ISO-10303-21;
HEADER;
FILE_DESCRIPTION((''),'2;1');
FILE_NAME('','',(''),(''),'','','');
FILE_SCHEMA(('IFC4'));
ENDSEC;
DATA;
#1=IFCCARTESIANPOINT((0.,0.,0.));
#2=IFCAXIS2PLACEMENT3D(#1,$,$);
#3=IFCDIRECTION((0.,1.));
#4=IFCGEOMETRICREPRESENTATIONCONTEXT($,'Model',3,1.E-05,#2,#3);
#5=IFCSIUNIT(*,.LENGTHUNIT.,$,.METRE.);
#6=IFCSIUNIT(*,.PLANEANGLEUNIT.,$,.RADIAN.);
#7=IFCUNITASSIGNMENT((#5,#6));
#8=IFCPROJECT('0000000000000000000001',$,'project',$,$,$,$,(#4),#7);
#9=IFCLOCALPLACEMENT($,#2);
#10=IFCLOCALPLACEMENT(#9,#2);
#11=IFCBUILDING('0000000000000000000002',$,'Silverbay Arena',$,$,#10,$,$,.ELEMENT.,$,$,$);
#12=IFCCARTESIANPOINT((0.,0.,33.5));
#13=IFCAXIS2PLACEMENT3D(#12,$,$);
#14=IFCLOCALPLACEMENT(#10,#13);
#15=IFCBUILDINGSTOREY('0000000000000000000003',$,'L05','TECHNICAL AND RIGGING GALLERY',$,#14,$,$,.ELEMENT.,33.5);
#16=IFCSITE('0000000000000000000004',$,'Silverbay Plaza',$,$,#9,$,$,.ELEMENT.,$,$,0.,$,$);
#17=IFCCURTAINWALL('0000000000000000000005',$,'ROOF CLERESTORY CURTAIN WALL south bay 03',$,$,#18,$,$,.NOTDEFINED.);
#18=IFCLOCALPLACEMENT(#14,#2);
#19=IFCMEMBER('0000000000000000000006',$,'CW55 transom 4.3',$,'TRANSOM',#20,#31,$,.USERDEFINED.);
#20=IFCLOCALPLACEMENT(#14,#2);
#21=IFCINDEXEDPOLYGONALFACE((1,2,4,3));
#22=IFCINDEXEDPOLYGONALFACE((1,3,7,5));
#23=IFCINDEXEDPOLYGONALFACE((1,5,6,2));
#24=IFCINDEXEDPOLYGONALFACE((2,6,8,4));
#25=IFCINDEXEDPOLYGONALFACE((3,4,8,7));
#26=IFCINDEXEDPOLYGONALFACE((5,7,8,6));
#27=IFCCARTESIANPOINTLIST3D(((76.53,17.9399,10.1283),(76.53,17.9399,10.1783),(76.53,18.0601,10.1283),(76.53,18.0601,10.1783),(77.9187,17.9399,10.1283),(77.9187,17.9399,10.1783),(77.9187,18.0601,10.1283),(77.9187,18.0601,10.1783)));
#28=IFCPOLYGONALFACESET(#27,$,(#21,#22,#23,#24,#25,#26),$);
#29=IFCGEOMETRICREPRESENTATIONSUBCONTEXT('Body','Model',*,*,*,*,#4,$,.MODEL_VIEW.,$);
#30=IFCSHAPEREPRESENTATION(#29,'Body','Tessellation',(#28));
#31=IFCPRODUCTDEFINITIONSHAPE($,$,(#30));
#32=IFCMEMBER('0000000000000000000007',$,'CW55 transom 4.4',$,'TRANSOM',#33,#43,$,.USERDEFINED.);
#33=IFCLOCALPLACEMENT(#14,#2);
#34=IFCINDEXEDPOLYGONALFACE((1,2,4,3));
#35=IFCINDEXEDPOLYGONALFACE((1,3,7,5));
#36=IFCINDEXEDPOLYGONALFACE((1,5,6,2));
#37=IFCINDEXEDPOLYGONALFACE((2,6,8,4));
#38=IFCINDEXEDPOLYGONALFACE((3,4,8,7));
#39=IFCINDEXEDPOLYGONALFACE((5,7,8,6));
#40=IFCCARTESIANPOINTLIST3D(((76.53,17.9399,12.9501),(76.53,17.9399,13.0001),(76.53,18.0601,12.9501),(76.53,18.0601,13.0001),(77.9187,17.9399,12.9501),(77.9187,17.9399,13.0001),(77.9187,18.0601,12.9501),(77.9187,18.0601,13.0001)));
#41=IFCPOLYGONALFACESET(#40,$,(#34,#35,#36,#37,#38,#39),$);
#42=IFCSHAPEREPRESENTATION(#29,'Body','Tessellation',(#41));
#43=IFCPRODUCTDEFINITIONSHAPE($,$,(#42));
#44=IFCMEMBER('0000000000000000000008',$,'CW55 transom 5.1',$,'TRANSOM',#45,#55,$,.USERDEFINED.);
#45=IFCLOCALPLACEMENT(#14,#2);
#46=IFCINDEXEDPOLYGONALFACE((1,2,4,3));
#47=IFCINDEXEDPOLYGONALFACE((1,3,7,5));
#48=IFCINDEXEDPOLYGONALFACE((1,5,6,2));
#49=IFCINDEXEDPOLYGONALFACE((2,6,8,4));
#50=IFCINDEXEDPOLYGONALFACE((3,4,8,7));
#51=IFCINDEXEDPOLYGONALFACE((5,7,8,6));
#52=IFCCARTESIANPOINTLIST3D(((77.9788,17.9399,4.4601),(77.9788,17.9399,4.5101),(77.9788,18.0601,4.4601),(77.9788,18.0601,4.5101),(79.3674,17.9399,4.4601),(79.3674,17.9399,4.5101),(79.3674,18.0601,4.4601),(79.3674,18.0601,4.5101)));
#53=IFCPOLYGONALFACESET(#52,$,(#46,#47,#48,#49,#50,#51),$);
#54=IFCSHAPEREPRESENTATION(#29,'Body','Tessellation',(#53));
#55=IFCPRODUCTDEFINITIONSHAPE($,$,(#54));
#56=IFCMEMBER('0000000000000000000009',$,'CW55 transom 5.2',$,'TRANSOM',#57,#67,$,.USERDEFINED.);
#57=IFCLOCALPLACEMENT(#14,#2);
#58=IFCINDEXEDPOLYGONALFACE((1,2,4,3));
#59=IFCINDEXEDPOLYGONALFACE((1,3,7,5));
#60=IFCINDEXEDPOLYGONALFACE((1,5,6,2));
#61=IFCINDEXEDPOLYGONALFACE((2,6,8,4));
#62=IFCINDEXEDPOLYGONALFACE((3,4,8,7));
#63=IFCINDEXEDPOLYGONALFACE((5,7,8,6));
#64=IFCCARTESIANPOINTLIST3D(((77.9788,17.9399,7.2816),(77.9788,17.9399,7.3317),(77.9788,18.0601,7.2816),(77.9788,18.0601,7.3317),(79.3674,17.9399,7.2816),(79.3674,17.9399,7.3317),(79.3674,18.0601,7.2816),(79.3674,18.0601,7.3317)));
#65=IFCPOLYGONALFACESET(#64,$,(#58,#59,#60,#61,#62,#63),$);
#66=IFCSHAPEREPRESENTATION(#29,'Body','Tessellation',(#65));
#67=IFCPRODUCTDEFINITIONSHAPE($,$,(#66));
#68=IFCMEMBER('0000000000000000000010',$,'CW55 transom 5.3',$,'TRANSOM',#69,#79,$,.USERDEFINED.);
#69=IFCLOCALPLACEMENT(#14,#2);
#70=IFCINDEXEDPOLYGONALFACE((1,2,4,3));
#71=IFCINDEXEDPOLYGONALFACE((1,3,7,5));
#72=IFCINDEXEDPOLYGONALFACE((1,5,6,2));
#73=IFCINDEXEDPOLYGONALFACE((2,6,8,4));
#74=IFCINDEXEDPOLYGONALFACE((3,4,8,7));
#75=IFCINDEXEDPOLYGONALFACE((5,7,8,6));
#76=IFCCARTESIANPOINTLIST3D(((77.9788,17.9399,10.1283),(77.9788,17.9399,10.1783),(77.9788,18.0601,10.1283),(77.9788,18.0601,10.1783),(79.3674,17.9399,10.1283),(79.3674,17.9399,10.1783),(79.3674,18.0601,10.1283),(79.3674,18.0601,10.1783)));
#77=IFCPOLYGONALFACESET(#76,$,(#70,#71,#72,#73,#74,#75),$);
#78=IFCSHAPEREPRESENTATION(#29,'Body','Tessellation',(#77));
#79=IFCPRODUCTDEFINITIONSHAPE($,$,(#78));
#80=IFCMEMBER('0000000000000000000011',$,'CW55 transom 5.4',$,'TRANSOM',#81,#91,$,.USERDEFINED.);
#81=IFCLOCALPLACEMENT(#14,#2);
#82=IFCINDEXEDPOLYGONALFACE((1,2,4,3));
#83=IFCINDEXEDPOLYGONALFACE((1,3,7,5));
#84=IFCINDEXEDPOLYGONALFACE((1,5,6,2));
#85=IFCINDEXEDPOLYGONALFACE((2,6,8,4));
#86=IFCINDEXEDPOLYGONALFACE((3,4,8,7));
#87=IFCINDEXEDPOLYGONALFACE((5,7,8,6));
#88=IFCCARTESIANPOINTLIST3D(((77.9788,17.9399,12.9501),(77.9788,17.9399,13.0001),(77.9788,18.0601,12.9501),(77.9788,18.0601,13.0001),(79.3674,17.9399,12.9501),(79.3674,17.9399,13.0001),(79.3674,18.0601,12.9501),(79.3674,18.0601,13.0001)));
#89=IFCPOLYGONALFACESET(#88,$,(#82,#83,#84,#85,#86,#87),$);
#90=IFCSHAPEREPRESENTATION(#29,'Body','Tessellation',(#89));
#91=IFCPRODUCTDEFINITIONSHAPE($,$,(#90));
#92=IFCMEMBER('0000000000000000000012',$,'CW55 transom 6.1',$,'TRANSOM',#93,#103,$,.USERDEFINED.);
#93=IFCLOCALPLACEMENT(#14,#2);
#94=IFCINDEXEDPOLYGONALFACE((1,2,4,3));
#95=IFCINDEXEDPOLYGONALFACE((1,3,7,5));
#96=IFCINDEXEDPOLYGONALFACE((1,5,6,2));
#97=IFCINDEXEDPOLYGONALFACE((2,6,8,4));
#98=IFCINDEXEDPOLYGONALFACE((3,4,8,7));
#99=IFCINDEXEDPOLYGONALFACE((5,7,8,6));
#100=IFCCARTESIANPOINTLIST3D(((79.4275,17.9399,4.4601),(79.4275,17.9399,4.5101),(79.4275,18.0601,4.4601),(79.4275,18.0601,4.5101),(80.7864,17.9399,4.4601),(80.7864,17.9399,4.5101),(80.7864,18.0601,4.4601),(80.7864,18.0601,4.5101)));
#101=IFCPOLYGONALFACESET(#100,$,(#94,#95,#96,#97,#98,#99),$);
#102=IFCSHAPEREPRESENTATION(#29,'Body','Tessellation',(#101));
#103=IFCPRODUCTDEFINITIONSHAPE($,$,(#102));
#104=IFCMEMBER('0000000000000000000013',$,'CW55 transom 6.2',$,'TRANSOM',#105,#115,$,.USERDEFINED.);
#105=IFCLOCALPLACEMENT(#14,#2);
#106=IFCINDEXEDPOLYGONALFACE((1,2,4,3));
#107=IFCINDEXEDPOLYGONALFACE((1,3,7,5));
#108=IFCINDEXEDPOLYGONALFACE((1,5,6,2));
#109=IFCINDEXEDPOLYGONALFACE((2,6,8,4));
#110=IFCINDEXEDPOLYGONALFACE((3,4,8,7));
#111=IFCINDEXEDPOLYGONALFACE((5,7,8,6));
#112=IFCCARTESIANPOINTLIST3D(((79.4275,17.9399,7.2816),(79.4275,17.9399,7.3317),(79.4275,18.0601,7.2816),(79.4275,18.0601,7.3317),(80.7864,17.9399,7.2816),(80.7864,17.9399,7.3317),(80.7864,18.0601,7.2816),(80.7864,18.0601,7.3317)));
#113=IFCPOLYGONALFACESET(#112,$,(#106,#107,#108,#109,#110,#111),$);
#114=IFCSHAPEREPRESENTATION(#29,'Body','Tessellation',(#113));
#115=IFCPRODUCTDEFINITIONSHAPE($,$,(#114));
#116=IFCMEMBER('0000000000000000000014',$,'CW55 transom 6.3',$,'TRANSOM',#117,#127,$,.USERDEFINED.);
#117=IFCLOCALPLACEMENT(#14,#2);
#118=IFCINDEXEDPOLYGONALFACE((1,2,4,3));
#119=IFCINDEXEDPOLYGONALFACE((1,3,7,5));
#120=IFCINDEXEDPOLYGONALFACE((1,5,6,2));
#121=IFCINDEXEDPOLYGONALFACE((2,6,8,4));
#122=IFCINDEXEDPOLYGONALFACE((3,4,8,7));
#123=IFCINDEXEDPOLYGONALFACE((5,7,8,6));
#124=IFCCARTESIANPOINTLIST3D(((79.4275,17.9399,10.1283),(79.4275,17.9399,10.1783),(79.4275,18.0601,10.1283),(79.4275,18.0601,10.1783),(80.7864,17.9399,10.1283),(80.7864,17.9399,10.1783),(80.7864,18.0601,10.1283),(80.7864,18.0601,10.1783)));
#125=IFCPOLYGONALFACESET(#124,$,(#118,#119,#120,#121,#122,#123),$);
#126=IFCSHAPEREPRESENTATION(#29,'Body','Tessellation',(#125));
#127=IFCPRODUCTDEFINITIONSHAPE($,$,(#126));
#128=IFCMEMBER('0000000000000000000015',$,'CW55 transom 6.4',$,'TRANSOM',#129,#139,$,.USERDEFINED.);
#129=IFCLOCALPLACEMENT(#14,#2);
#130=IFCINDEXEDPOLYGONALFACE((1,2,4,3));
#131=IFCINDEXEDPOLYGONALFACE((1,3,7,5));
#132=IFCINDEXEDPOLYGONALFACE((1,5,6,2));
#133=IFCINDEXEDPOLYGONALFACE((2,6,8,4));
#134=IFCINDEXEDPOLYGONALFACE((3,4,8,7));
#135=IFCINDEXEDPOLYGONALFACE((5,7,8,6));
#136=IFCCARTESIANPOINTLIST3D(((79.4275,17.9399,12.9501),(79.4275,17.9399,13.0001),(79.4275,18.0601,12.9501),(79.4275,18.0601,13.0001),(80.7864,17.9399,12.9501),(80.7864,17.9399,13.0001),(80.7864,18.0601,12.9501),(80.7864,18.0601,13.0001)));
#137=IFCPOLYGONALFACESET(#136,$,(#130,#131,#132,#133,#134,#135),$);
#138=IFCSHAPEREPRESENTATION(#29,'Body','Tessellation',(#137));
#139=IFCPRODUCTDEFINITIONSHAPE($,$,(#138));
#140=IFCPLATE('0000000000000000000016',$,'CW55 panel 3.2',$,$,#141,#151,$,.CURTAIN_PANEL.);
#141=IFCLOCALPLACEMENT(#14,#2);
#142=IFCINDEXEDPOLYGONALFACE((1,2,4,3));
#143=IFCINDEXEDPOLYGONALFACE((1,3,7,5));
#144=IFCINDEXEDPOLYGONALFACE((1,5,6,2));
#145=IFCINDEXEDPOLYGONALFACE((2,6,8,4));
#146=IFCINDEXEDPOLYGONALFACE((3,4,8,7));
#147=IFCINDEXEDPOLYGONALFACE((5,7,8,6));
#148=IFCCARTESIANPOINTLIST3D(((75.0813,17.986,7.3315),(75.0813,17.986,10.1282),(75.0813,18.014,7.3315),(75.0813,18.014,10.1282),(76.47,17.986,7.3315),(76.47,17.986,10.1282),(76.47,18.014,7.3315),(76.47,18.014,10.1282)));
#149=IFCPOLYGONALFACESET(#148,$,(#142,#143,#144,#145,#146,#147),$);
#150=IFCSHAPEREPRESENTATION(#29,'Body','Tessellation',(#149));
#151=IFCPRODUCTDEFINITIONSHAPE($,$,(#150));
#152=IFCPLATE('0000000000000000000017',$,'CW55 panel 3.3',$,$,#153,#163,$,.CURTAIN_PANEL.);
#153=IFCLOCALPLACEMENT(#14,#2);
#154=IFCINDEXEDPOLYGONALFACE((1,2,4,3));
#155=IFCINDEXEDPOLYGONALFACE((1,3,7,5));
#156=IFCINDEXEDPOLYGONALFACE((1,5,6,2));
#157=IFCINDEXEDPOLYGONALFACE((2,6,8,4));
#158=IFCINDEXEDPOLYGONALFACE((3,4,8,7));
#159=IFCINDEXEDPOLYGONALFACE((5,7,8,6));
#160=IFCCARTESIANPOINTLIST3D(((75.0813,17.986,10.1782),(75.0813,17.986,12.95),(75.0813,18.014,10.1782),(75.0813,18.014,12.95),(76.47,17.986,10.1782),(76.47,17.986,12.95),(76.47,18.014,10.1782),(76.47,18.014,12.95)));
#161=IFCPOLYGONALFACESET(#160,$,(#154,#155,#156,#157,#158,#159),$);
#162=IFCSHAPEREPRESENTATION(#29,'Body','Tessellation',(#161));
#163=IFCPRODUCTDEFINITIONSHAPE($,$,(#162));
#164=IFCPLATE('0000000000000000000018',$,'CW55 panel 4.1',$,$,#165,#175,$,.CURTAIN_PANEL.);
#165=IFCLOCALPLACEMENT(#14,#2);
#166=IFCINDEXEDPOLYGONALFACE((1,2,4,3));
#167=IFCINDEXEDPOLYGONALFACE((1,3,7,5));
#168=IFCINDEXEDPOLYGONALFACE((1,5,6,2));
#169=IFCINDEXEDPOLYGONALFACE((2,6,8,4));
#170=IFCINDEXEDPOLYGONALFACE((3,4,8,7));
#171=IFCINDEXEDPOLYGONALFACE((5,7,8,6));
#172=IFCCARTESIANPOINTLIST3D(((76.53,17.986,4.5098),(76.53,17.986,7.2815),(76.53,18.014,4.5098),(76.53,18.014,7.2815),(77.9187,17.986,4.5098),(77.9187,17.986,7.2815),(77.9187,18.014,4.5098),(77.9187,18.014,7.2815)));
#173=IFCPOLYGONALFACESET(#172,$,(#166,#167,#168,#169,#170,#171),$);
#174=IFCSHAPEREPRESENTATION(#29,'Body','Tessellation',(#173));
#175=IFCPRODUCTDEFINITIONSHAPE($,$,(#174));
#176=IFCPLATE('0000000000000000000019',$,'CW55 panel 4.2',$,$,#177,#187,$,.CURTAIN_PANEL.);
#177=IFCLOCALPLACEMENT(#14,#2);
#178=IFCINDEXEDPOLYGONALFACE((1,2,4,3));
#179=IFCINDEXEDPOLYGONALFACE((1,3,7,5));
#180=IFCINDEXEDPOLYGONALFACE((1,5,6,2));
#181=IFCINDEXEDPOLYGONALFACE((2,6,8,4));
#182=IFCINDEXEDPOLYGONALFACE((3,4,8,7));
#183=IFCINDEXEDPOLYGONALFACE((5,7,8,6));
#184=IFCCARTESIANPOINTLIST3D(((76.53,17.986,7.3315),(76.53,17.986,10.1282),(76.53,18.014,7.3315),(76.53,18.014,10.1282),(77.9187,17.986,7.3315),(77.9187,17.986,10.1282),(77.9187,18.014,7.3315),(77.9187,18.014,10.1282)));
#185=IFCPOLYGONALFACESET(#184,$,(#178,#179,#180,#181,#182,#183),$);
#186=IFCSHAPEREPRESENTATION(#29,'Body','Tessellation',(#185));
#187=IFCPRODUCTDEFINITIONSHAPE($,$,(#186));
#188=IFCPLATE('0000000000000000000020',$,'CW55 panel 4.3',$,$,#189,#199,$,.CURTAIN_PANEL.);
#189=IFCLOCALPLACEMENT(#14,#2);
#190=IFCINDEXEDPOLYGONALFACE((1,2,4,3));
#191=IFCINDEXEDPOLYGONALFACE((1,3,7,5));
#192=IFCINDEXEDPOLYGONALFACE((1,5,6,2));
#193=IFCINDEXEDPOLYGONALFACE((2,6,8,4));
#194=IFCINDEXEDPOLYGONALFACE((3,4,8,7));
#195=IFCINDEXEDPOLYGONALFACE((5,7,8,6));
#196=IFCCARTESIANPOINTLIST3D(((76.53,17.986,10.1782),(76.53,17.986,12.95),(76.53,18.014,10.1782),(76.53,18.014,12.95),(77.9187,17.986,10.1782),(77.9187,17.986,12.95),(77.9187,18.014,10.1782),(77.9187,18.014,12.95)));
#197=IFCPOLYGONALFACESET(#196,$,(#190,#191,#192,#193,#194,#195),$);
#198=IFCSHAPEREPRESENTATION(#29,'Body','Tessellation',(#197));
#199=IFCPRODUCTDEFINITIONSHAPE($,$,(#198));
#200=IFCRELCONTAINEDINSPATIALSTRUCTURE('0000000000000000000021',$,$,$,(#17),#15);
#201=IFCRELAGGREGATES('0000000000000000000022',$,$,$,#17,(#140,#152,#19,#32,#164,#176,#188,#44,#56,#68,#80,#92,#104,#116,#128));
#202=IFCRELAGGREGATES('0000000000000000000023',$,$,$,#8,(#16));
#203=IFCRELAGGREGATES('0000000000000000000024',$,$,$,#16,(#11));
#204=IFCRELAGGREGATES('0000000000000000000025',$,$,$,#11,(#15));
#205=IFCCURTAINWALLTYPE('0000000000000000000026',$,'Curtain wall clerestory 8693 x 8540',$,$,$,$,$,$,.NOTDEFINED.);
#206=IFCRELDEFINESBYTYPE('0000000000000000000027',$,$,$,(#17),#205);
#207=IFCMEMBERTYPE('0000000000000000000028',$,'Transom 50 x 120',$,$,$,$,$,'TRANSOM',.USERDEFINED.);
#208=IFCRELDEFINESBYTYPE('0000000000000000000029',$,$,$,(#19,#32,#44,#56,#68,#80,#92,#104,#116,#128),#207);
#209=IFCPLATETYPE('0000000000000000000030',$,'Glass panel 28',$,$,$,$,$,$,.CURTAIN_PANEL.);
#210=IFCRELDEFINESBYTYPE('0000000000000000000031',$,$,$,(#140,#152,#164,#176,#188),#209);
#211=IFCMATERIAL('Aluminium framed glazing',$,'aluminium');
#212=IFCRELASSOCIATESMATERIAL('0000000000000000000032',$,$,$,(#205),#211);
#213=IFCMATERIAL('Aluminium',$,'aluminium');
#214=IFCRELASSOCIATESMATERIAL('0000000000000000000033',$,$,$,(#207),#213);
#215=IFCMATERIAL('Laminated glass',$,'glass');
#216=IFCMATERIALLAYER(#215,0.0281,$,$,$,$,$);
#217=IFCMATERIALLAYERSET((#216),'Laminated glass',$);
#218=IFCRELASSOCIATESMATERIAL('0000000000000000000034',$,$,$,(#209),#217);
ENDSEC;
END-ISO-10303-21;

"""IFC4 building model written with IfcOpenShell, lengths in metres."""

from ifc_helpers import new_model, si_unit, direction, frame, origin, origin_2d, place, context, subcontext, project, spatial, rectangle, extrude, material, layer, layer_set, material_profile, profile_set, type_object, element, aggregate, save


model = new_model("IFC4")

# Units and contexts
model_context = context("Model", 3, precision=1e-05, world=origin(), true_north=direction((0.0, 1.0)))
body_context = subcontext(model_context, "Body", "Model", "MODEL_VIEW")
ifc_project = project(units=[si_unit("LENGTHUNIT", "METRE"), si_unit("PLANEANGLEUNIT", "RADIAN")], contexts=[model_context])

# Site, building, storey
site_placement = place(None, origin())
site = spatial("IfcSite", under=ifc_project, at=site_placement, Name="Silverbay Plaza", CompositionType="ELEMENT", RefElevation=0.0)
building_placement = place(site_placement, origin())
building = spatial("IfcBuilding", under=site, at=building_placement, Name="Silverbay Arena", CompositionType="ELEMENT")
storey_placement = place(building_placement, frame((0.0, 0.0, 33.5)))
storey = spatial("IfcBuildingStorey", under=building, at=storey_placement, Name="L05", Description="TECHNICAL AND RIGGING GALLERY", CompositionType="ELEMENT", Elevation=33.5)

# Curtain wall
ifc_material_1 = material(Name="Aluminium framed glazing", Category="aluminium")
curtain_wall_type = type_object("IfcCurtainWallType", Name="Curtain wall clerestory 8693 x 8540", PredefinedType="NOTDEFINED", material=ifc_material_1)
curtain_wall_placement = place(storey_placement, origin())
curtain_wall = element("IfcCurtainWall", 1, at=curtain_wall_placement, inside=storey, type_object=curtain_wall_type, Name="ROOF CLERESTORY CURTAIN WALL south bay 03", PredefinedType="NOTDEFINED")

# Members
ifc_material_2 = material(Name="Aluminium", Category="aluminium")
ifc_material_profile_1 = material_profile(ifc_material_2, rectangle(XDim=0.1201, YDim=0.05, at=origin_2d()), Name="Transom 50 x 120")
ifc_profile_set_1 = profile_set([ifc_material_profile_1], Name="Aluminium")
member_type_1 = type_object("IfcMemberType", Name="Transom 50 x 120", ElementType="TRANSOM", PredefinedType="USERDEFINED", material=ifc_profile_set_1)
member_1_placement = place(storey_placement, frame((76.53, 18.0, 10.1533), z_axis=(1.0, 0.0, 0.0), x_axis=(0.0, 1.0, 0.0)))
member_1 = element("IfcMember", 2, at=member_1_placement, type_object=member_type_1, Name="CW55 transom 4.3", ObjectType="TRANSOM", PredefinedType="USERDEFINED", context=body_context, shape_type="SweptSolid", body=[
    extrude(rectangle(XDim=0.1201, YDim=0.05, at=origin_2d()), origin(), (0.0, 0.0, 1.0), 1.3887),
])
member_2_placement = place(storey_placement, frame((76.53, 18.0, 12.9751), z_axis=(1.0, 0.0, 0.0), x_axis=(0.0, 1.0, 0.0)))
member_2 = element("IfcMember", 3, at=member_2_placement, type_object=member_type_1, Name="CW55 transom 4.4", ObjectType="TRANSOM", PredefinedType="USERDEFINED", context=body_context, shape_type="SweptSolid", body=[
    extrude(rectangle(XDim=0.1201, YDim=0.05, at=origin_2d()), origin(), (0.0, 0.0, 1.0), 1.3887),
])
member_3_placement = place(storey_placement, frame((77.9788, 18.0, 4.4851), z_axis=(1.0, 0.0, 0.0), x_axis=(0.0, 1.0, 0.0)))
member_3 = element("IfcMember", 4, at=member_3_placement, type_object=member_type_1, Name="CW55 transom 5.1", ObjectType="TRANSOM", PredefinedType="USERDEFINED", context=body_context, shape_type="SweptSolid", body=[
    extrude(rectangle(XDim=0.1201, YDim=0.05, at=origin_2d()), origin(), (0.0, 0.0, 1.0), 1.3887),
])
member_4_placement = place(storey_placement, frame((77.9788, 18.0, 7.3066), z_axis=(1.0, 0.0, 0.0), x_axis=(0.0, 1.0, 0.0)))
member_4 = element("IfcMember", 5, at=member_4_placement, type_object=member_type_1, Name="CW55 transom 5.2", ObjectType="TRANSOM", PredefinedType="USERDEFINED", context=body_context, shape_type="SweptSolid", body=[
    extrude(rectangle(XDim=0.1201, YDim=0.05, at=origin_2d()), origin(), (0.0, 0.0, 1.0), 1.3887),
])
member_5_placement = place(storey_placement, frame((77.9788, 18.0, 10.1533), z_axis=(1.0, 0.0, 0.0), x_axis=(0.0, 1.0, 0.0)))
member_5 = element("IfcMember", 6, at=member_5_placement, type_object=member_type_1, Name="CW55 transom 5.3", ObjectType="TRANSOM", PredefinedType="USERDEFINED", context=body_context, shape_type="SweptSolid", body=[
    extrude(rectangle(XDim=0.1201, YDim=0.05, at=origin_2d()), origin(), (0.0, 0.0, 1.0), 1.3887),
])
member_6_placement = place(storey_placement, frame((77.9788, 18.0, 12.9751), z_axis=(1.0, 0.0, 0.0), x_axis=(0.0, 1.0, 0.0)))
member_6 = element("IfcMember", 7, at=member_6_placement, type_object=member_type_1, Name="CW55 transom 5.4", ObjectType="TRANSOM", PredefinedType="USERDEFINED", context=body_context, shape_type="SweptSolid", body=[
    extrude(rectangle(XDim=0.1201, YDim=0.05, at=origin_2d()), origin(), (0.0, 0.0, 1.0), 1.3887),
])
member_7_placement = place(storey_placement, frame((79.4275, 18.0, 4.4851), z_axis=(1.0, 0.0, 0.0), x_axis=(0.0, 1.0, 0.0)))
member_7 = element("IfcMember", 8, at=member_7_placement, type_object=member_type_1, Name="CW55 transom 6.1", ObjectType="TRANSOM", PredefinedType="USERDEFINED", context=body_context, shape_type="SweptSolid", body=[
    extrude(rectangle(XDim=0.1201, YDim=0.05, at=origin_2d()), origin(), (0.0, 0.0, 1.0), 1.3589),
])
member_8_placement = place(storey_placement, frame((79.4275, 18.0, 7.3066), z_axis=(1.0, 0.0, 0.0), x_axis=(0.0, 1.0, 0.0)))
member_8 = element("IfcMember", 9, at=member_8_placement, type_object=member_type_1, Name="CW55 transom 6.2", ObjectType="TRANSOM", PredefinedType="USERDEFINED", context=body_context, shape_type="SweptSolid", body=[
    extrude(rectangle(XDim=0.1201, YDim=0.05, at=origin_2d()), origin(), (0.0, 0.0, 1.0), 1.3589),
])
member_9_placement = place(storey_placement, frame((79.4275, 18.0, 10.1533), z_axis=(1.0, 0.0, 0.0), x_axis=(0.0, 1.0, 0.0)))
member_9 = element("IfcMember", 10, at=member_9_placement, type_object=member_type_1, Name="CW55 transom 6.3", ObjectType="TRANSOM", PredefinedType="USERDEFINED", context=body_context, shape_type="SweptSolid", body=[
    extrude(rectangle(XDim=0.1201, YDim=0.05, at=origin_2d()), origin(), (0.0, 0.0, 1.0), 1.3589),
])
member_10_placement = place(storey_placement, frame((79.4275, 18.0, 12.9751), z_axis=(1.0, 0.0, 0.0), x_axis=(0.0, 1.0, 0.0)))
member_10 = element("IfcMember", 11, at=member_10_placement, type_object=member_type_1, Name="CW55 transom 6.4", ObjectType="TRANSOM", PredefinedType="USERDEFINED", context=body_context, shape_type="SweptSolid", body=[
    extrude(rectangle(XDim=0.1201, YDim=0.05, at=origin_2d()), origin(), (0.0, 0.0, 1.0), 1.3589),
])

# Plates
ifc_material_3 = material(Name="Laminated glass", Category="glass")
ifc_layer = layer(ifc_material_3, 0.0281)
ifc_layer_set = layer_set([ifc_layer], Name="Laminated glass")
plate_type = type_object("IfcPlateType", Name="Glass panel 28", PredefinedType="CURTAIN_PANEL", material=ifc_layer_set)
plate_1_placement = place(storey_placement, frame((75.7756, 18.0, 7.3315), z_axis=(0.0, 0.0, 1.0), x_axis=(1.0, 0.0, 0.0)))
plate_1 = element("IfcPlate", 12, at=plate_1_placement, type_object=plate_type, Name="CW55 panel 3.2", PredefinedType="CURTAIN_PANEL", context=body_context, shape_type="SweptSolid", body=[
    extrude(rectangle(XDim=1.3887, YDim=0.0281, at=origin_2d()), origin(), (0.0, 0.0, 1.0), 2.7966),
])
plate_2_placement = place(storey_placement, frame((75.7756, 18.0, 10.1782), z_axis=(0.0, 0.0, 1.0), x_axis=(1.0, 0.0, 0.0)))
plate_2 = element("IfcPlate", 13, at=plate_2_placement, type_object=plate_type, Name="CW55 panel 3.3", PredefinedType="CURTAIN_PANEL", context=body_context, shape_type="SweptSolid", body=[
    extrude(rectangle(XDim=1.3887, YDim=0.0281, at=origin_2d()), origin(), (0.0, 0.0, 1.0), 2.7717),
])
plate_3_placement = place(storey_placement, frame((77.2244, 18.0, 4.5098), z_axis=(0.0, 0.0, 1.0), x_axis=(1.0, 0.0, 0.0)))
plate_3 = element("IfcPlate", 14, at=plate_3_placement, type_object=plate_type, Name="CW55 panel 4.1", PredefinedType="CURTAIN_PANEL", context=body_context, shape_type="SweptSolid", body=[
    extrude(rectangle(XDim=1.3887, YDim=0.0281, at=origin_2d()), origin(), (0.0, 0.0, 1.0), 2.7717),
])
plate_4_placement = place(storey_placement, frame((77.2244, 18.0, 7.3315), z_axis=(0.0, 0.0, 1.0), x_axis=(1.0, 0.0, 0.0)))
plate_4 = element("IfcPlate", 15, at=plate_4_placement, type_object=plate_type, Name="CW55 panel 4.2", PredefinedType="CURTAIN_PANEL", context=body_context, shape_type="SweptSolid", body=[
    extrude(rectangle(XDim=1.3887, YDim=0.0281, at=origin_2d()), origin(), (0.0, 0.0, 1.0), 2.7966),
])
plate_5_placement = place(storey_placement, frame((77.2244, 18.0, 10.1782), z_axis=(0.0, 0.0, 1.0), x_axis=(1.0, 0.0, 0.0)))
plate_5 = element("IfcPlate", 16, at=plate_5_placement, type_object=plate_type, Name="CW55 panel 4.3", PredefinedType="CURTAIN_PANEL", context=body_context, shape_type="SweptSolid", body=[
    extrude(rectangle(XDim=1.3887, YDim=0.0281, at=origin_2d()), origin(), (0.0, 0.0, 1.0), 2.7717),
])
aggregate(curtain_wall, [plate_1, plate_2, member_1, member_2, plate_3, plate_4, plate_5, member_3, member_4, member_5, member_6, member_7, member_8, member_9, member_10])

save(model, "model.ifc")
